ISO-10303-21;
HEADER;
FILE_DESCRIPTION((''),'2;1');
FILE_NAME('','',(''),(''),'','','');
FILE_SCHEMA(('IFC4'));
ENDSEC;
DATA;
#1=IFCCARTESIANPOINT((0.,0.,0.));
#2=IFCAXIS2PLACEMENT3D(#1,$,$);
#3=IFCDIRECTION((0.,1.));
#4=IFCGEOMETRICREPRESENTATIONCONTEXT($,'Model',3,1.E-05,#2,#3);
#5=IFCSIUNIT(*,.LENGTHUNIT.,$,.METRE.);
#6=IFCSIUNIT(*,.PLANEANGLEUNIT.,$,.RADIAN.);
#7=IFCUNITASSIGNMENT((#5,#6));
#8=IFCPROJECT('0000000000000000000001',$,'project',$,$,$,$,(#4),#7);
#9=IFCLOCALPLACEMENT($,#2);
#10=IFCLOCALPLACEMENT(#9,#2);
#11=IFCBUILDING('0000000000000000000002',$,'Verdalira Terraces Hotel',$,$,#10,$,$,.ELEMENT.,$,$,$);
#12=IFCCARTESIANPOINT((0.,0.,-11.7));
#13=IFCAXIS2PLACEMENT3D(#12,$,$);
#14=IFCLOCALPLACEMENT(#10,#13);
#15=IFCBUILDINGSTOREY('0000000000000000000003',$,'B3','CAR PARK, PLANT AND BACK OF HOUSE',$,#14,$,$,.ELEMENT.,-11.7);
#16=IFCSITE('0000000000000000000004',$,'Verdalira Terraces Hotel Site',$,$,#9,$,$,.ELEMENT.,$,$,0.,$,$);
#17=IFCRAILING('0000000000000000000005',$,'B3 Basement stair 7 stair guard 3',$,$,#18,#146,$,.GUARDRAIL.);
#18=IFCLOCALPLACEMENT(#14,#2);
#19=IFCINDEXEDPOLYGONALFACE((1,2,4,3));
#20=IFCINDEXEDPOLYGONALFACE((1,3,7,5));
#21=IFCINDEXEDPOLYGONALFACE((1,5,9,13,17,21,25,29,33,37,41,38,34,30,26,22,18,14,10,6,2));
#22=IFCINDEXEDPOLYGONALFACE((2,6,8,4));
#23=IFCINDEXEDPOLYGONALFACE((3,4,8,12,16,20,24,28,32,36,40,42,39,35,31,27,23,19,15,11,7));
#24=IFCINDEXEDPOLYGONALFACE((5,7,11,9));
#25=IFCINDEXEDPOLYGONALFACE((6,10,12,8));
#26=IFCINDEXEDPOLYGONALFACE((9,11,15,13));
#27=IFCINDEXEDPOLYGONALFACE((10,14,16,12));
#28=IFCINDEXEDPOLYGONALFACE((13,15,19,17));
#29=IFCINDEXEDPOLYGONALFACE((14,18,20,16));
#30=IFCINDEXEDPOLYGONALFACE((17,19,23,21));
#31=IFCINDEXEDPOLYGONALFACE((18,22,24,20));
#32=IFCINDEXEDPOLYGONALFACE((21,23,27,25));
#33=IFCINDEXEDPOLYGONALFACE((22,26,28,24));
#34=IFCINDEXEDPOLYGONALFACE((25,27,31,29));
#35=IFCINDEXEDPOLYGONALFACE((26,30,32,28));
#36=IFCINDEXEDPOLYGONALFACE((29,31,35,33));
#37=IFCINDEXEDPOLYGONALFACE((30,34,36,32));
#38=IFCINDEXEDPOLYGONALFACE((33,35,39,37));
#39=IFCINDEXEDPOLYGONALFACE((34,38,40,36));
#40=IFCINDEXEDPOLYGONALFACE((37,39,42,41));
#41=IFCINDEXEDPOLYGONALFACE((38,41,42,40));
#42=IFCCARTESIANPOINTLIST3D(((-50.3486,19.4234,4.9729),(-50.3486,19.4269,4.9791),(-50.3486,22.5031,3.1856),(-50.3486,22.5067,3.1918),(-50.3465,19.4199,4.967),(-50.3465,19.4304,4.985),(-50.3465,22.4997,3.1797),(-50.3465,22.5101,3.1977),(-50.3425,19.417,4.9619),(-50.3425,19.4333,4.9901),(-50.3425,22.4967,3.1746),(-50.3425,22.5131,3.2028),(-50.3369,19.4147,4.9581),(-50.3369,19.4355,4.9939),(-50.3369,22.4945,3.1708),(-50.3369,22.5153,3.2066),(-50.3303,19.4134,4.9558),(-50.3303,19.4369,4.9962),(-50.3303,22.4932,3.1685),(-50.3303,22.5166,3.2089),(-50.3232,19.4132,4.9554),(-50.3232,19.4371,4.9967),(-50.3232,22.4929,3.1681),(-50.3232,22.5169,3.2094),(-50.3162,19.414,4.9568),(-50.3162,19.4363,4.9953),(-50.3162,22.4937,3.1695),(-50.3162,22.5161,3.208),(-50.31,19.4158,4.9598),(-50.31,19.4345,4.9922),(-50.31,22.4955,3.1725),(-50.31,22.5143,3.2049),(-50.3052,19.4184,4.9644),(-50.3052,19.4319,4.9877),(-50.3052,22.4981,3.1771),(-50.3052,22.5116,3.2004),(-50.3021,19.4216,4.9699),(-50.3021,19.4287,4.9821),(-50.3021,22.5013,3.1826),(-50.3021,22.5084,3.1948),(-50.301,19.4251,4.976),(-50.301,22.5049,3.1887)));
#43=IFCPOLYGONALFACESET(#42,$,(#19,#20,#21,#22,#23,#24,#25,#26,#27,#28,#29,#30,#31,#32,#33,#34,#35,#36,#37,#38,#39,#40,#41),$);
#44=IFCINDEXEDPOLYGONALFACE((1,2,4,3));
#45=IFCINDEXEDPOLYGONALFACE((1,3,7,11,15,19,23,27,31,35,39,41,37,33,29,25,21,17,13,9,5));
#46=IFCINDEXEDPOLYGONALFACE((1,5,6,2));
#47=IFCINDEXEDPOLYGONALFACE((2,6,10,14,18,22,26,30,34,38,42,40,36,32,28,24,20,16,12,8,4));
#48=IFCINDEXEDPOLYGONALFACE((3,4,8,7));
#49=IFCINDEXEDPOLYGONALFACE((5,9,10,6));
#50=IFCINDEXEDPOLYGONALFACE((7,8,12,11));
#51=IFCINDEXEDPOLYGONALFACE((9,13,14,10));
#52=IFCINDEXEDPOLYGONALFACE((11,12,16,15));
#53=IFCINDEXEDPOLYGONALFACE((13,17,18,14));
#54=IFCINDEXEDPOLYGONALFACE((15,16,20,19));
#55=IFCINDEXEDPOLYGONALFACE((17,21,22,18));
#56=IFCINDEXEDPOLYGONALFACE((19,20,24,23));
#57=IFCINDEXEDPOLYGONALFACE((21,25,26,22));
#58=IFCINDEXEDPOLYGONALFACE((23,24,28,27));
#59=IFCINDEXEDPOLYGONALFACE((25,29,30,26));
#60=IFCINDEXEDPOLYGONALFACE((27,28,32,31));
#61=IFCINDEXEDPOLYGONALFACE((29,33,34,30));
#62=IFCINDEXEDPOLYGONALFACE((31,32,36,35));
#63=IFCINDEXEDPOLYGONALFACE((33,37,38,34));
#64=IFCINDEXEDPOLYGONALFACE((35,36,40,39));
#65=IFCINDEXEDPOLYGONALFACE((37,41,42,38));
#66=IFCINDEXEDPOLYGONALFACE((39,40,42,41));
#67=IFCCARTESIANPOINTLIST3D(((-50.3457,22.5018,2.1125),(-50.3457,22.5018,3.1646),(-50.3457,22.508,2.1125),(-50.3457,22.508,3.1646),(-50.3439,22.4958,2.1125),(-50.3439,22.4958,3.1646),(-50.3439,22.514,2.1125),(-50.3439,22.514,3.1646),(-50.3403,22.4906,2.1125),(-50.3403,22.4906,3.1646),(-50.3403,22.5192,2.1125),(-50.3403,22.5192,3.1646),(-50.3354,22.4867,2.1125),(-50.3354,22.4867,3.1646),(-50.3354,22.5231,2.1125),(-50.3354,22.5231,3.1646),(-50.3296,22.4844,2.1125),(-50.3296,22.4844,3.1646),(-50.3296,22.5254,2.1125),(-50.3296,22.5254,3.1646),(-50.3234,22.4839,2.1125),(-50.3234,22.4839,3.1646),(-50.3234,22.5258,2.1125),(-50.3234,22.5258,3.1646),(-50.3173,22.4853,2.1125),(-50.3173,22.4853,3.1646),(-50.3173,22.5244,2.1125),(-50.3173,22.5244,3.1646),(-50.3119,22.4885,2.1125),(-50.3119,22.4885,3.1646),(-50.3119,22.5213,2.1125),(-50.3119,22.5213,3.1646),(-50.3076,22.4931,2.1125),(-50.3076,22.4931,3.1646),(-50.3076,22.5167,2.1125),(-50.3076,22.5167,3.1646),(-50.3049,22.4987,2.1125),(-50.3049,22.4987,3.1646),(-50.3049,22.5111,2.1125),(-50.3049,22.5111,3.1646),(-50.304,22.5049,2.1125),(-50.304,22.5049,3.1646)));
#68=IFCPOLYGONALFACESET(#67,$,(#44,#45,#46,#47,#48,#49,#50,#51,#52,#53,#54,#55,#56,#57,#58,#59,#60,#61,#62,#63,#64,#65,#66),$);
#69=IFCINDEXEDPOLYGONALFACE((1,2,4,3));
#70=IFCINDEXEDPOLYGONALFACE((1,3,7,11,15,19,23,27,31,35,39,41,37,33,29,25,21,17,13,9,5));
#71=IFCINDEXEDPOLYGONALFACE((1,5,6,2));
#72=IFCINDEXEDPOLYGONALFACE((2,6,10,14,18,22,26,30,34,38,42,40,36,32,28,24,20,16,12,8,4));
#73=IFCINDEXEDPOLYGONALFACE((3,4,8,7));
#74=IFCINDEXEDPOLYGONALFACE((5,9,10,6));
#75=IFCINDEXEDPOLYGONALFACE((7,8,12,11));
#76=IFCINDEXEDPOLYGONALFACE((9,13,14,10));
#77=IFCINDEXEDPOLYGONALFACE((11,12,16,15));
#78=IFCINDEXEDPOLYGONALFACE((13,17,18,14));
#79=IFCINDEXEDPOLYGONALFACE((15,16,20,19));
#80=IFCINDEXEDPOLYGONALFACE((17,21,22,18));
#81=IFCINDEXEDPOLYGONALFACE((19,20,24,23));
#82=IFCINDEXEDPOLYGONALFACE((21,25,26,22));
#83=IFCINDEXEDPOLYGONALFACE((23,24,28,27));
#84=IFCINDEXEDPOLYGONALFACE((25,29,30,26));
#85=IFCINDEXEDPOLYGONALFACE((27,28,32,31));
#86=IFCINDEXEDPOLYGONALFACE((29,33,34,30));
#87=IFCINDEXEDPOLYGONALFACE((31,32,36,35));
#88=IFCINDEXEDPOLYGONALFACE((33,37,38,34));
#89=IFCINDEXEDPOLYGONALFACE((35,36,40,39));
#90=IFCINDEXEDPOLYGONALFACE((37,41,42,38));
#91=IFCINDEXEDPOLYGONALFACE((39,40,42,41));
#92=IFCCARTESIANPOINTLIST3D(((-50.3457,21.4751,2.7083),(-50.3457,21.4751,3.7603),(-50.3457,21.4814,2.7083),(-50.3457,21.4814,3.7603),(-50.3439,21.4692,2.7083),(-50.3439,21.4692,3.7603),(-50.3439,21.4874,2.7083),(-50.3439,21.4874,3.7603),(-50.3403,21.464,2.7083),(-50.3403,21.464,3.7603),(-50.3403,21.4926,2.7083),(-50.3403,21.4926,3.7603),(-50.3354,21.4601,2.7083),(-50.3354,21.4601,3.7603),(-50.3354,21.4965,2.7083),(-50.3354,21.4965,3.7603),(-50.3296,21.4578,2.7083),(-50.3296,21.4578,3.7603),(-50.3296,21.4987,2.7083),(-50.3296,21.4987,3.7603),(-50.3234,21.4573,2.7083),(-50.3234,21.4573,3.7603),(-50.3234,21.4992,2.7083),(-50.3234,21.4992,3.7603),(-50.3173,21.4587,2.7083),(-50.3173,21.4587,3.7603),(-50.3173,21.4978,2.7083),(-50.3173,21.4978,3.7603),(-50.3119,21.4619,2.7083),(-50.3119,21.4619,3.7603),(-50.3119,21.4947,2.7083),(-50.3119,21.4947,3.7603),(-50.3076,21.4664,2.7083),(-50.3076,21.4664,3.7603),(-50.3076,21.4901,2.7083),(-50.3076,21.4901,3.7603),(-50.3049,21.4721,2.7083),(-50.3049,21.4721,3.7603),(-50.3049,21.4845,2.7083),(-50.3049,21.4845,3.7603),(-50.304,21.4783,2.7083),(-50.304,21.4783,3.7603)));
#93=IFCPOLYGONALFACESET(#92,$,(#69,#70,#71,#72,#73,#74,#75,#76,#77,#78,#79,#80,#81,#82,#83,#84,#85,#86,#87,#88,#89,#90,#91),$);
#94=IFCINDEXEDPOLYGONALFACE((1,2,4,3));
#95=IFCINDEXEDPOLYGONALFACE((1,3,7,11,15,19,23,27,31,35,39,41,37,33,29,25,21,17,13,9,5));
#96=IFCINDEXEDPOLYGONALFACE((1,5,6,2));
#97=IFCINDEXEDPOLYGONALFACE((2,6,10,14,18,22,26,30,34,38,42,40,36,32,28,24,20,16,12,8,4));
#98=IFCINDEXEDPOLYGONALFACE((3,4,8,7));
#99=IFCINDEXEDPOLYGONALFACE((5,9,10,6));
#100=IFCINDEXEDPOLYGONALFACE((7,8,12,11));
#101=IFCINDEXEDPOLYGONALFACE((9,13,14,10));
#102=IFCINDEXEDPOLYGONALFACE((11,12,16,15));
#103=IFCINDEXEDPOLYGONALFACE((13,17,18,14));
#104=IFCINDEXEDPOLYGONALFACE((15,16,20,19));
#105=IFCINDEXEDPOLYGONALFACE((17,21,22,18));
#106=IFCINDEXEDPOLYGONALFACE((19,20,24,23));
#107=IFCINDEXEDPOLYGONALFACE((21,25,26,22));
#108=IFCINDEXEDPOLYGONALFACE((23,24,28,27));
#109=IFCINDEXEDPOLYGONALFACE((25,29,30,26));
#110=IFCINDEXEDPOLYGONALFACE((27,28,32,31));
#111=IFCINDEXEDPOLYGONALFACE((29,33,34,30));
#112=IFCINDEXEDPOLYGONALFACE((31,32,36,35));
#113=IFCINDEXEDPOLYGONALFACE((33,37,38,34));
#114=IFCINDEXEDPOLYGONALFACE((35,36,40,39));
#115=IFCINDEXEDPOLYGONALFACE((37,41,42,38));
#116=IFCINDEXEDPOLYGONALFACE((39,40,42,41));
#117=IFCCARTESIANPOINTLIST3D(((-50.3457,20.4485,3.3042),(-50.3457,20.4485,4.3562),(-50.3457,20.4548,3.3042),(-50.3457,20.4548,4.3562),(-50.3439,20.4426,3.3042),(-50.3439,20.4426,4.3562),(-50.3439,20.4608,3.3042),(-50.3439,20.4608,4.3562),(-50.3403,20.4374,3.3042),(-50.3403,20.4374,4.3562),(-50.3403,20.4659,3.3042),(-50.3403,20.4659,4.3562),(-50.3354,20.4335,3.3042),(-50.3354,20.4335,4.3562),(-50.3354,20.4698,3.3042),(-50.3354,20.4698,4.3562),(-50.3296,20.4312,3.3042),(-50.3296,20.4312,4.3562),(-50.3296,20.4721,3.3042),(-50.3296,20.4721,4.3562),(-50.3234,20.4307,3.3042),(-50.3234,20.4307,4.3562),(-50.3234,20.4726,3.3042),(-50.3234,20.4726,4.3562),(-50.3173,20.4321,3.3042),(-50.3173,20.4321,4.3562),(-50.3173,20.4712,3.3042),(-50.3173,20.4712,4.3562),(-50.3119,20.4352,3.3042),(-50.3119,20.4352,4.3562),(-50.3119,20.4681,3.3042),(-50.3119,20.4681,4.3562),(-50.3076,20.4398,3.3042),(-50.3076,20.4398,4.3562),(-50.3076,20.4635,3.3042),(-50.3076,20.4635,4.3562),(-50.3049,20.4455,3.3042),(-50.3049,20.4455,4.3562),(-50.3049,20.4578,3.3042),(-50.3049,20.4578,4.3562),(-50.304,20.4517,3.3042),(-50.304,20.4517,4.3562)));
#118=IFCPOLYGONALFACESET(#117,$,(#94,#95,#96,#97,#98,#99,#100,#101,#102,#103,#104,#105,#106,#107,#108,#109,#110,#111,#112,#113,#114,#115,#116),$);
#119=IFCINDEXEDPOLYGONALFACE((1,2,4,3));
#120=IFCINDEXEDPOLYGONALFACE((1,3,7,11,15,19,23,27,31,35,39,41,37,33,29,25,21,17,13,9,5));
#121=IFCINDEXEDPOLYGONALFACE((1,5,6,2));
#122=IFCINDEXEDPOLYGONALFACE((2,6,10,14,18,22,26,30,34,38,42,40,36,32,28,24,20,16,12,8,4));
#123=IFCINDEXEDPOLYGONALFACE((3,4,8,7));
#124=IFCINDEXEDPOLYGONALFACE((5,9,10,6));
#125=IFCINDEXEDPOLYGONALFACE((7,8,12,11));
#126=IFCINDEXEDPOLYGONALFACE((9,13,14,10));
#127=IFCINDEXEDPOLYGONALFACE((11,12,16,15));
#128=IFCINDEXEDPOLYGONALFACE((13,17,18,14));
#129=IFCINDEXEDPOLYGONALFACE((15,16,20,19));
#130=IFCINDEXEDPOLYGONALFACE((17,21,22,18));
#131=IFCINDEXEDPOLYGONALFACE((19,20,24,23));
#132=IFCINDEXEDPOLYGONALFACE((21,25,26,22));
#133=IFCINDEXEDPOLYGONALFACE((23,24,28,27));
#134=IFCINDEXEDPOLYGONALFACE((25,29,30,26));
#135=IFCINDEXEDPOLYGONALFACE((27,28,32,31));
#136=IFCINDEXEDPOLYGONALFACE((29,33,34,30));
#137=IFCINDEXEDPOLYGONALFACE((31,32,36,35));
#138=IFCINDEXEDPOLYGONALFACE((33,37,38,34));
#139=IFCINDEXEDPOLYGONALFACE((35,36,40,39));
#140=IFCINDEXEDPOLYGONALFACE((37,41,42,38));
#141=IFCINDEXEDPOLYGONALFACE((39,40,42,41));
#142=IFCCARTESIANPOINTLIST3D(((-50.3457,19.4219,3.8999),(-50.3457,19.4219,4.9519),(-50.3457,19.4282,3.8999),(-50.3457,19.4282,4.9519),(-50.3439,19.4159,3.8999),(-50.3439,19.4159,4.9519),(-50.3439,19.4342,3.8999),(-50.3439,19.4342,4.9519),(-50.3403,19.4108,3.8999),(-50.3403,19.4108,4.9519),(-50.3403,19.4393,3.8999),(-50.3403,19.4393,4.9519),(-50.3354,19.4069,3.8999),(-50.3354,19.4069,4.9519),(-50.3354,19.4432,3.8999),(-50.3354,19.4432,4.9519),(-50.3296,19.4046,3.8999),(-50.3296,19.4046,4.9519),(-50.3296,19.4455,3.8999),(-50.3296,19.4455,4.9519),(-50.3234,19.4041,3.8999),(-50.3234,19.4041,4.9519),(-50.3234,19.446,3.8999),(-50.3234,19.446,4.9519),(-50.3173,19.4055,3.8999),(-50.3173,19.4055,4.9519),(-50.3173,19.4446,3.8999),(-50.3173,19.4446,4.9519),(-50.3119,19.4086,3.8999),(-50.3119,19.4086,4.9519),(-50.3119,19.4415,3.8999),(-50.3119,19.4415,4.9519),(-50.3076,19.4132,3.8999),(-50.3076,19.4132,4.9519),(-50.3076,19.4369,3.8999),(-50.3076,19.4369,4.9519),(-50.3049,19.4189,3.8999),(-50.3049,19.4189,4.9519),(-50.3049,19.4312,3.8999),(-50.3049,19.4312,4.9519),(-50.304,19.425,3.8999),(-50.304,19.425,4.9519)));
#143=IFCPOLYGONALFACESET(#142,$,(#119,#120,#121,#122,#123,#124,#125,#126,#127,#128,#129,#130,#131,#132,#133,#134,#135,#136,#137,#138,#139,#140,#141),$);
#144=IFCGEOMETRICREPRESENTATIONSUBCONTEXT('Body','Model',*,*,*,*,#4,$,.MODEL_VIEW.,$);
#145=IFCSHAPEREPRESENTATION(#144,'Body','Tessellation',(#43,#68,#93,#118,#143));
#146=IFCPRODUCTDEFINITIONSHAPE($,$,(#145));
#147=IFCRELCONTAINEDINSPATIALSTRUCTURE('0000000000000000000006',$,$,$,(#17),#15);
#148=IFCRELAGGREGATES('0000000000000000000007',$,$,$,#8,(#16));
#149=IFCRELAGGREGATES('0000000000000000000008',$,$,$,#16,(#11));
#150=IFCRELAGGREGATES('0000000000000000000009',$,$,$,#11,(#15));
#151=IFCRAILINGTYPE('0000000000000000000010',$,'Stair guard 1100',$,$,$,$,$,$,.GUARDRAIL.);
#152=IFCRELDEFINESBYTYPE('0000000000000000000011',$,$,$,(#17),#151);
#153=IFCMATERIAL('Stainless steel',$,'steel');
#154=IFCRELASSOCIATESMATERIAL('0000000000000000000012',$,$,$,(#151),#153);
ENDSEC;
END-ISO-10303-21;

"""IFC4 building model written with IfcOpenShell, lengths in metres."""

from ifc_helpers import new_model, si_unit, direction, frame, origin, origin_2d, place, context, subcontext, project, spatial, circle, extrude, material, type_object, element, save


model = new_model("IFC4")

# Units and contexts
model_context = context("Model", 3, precision=1e-05, world=origin(), true_north=direction((0.0, 1.0)))
body_context = subcontext(model_context, "Body", "Model", "MODEL_VIEW")
ifc_project = project(units=[si_unit("LENGTHUNIT", "METRE"), si_unit("PLANEANGLEUNIT", "RADIAN")], contexts=[model_context])

# Site, building, storey
site_placement = place(None, origin())
site = spatial("IfcSite", under=ifc_project, at=site_placement, Name="Verdalira Terraces Hotel Site", CompositionType="ELEMENT", RefElevation=0.0)
building_placement = place(site_placement, origin())
building = spatial("IfcBuilding", under=site, at=building_placement, Name="Verdalira Terraces Hotel", CompositionType="ELEMENT")
storey_placement = place(building_placement, frame((0.0, 0.0, -11.7)))
storey = spatial("IfcBuildingStorey", under=building, at=storey_placement, Name="B3", Description="CAR PARK, PLANT AND BACK OF HOUSE", CompositionType="ELEMENT", Elevation=-11.7)

# Railing
ifc_material_1 = material(Name="Stainless steel", Category="steel")
railing_type_1 = type_object("IfcRailingType", Name="Stair guard 1100", PredefinedType="GUARDRAIL", material=ifc_material_1)
railing_1_placement = place(storey_placement, frame((-50.325, 22.5049, 2.1125)))
element("IfcRailing", 1, at=railing_1_placement, inside=storey, type_object=railing_type_1, Name="B3 Basement stair 7 stair guard 3", PredefinedType="GUARDRAIL", context=body_context, shape_type="SweptSolid", body=[
    extrude(circle(Radius=0.0239, at=origin_2d()), frame((0.0, 0.0, 1.0762), z_axis=(0.0, -0.864903, 0.501939), x_axis=(1.0, 0.0, 0.0)), (0.0, 0.0, 1.0), 3.5608),
    extrude(circle(Radius=0.021, at=origin_2d()), origin(), (0.0, 0.0, 1.0), 1.052),
    extrude(circle(Radius=0.021, at=origin_2d()), frame((0.0, -1.0266, 0.5957)), (0.0, 0.0, 1.0), 1.052),
    extrude(circle(Radius=0.021, at=origin_2d()), frame((0.0, -2.0532, 1.1917)), (0.0, 0.0, 1.0), 1.052),
    extrude(circle(Radius=0.021, at=origin_2d()), frame((0.0, -3.0798, 1.7874)), (0.0, 0.0, 1.0), 1.052),
])

save(model, "model.ifc")
